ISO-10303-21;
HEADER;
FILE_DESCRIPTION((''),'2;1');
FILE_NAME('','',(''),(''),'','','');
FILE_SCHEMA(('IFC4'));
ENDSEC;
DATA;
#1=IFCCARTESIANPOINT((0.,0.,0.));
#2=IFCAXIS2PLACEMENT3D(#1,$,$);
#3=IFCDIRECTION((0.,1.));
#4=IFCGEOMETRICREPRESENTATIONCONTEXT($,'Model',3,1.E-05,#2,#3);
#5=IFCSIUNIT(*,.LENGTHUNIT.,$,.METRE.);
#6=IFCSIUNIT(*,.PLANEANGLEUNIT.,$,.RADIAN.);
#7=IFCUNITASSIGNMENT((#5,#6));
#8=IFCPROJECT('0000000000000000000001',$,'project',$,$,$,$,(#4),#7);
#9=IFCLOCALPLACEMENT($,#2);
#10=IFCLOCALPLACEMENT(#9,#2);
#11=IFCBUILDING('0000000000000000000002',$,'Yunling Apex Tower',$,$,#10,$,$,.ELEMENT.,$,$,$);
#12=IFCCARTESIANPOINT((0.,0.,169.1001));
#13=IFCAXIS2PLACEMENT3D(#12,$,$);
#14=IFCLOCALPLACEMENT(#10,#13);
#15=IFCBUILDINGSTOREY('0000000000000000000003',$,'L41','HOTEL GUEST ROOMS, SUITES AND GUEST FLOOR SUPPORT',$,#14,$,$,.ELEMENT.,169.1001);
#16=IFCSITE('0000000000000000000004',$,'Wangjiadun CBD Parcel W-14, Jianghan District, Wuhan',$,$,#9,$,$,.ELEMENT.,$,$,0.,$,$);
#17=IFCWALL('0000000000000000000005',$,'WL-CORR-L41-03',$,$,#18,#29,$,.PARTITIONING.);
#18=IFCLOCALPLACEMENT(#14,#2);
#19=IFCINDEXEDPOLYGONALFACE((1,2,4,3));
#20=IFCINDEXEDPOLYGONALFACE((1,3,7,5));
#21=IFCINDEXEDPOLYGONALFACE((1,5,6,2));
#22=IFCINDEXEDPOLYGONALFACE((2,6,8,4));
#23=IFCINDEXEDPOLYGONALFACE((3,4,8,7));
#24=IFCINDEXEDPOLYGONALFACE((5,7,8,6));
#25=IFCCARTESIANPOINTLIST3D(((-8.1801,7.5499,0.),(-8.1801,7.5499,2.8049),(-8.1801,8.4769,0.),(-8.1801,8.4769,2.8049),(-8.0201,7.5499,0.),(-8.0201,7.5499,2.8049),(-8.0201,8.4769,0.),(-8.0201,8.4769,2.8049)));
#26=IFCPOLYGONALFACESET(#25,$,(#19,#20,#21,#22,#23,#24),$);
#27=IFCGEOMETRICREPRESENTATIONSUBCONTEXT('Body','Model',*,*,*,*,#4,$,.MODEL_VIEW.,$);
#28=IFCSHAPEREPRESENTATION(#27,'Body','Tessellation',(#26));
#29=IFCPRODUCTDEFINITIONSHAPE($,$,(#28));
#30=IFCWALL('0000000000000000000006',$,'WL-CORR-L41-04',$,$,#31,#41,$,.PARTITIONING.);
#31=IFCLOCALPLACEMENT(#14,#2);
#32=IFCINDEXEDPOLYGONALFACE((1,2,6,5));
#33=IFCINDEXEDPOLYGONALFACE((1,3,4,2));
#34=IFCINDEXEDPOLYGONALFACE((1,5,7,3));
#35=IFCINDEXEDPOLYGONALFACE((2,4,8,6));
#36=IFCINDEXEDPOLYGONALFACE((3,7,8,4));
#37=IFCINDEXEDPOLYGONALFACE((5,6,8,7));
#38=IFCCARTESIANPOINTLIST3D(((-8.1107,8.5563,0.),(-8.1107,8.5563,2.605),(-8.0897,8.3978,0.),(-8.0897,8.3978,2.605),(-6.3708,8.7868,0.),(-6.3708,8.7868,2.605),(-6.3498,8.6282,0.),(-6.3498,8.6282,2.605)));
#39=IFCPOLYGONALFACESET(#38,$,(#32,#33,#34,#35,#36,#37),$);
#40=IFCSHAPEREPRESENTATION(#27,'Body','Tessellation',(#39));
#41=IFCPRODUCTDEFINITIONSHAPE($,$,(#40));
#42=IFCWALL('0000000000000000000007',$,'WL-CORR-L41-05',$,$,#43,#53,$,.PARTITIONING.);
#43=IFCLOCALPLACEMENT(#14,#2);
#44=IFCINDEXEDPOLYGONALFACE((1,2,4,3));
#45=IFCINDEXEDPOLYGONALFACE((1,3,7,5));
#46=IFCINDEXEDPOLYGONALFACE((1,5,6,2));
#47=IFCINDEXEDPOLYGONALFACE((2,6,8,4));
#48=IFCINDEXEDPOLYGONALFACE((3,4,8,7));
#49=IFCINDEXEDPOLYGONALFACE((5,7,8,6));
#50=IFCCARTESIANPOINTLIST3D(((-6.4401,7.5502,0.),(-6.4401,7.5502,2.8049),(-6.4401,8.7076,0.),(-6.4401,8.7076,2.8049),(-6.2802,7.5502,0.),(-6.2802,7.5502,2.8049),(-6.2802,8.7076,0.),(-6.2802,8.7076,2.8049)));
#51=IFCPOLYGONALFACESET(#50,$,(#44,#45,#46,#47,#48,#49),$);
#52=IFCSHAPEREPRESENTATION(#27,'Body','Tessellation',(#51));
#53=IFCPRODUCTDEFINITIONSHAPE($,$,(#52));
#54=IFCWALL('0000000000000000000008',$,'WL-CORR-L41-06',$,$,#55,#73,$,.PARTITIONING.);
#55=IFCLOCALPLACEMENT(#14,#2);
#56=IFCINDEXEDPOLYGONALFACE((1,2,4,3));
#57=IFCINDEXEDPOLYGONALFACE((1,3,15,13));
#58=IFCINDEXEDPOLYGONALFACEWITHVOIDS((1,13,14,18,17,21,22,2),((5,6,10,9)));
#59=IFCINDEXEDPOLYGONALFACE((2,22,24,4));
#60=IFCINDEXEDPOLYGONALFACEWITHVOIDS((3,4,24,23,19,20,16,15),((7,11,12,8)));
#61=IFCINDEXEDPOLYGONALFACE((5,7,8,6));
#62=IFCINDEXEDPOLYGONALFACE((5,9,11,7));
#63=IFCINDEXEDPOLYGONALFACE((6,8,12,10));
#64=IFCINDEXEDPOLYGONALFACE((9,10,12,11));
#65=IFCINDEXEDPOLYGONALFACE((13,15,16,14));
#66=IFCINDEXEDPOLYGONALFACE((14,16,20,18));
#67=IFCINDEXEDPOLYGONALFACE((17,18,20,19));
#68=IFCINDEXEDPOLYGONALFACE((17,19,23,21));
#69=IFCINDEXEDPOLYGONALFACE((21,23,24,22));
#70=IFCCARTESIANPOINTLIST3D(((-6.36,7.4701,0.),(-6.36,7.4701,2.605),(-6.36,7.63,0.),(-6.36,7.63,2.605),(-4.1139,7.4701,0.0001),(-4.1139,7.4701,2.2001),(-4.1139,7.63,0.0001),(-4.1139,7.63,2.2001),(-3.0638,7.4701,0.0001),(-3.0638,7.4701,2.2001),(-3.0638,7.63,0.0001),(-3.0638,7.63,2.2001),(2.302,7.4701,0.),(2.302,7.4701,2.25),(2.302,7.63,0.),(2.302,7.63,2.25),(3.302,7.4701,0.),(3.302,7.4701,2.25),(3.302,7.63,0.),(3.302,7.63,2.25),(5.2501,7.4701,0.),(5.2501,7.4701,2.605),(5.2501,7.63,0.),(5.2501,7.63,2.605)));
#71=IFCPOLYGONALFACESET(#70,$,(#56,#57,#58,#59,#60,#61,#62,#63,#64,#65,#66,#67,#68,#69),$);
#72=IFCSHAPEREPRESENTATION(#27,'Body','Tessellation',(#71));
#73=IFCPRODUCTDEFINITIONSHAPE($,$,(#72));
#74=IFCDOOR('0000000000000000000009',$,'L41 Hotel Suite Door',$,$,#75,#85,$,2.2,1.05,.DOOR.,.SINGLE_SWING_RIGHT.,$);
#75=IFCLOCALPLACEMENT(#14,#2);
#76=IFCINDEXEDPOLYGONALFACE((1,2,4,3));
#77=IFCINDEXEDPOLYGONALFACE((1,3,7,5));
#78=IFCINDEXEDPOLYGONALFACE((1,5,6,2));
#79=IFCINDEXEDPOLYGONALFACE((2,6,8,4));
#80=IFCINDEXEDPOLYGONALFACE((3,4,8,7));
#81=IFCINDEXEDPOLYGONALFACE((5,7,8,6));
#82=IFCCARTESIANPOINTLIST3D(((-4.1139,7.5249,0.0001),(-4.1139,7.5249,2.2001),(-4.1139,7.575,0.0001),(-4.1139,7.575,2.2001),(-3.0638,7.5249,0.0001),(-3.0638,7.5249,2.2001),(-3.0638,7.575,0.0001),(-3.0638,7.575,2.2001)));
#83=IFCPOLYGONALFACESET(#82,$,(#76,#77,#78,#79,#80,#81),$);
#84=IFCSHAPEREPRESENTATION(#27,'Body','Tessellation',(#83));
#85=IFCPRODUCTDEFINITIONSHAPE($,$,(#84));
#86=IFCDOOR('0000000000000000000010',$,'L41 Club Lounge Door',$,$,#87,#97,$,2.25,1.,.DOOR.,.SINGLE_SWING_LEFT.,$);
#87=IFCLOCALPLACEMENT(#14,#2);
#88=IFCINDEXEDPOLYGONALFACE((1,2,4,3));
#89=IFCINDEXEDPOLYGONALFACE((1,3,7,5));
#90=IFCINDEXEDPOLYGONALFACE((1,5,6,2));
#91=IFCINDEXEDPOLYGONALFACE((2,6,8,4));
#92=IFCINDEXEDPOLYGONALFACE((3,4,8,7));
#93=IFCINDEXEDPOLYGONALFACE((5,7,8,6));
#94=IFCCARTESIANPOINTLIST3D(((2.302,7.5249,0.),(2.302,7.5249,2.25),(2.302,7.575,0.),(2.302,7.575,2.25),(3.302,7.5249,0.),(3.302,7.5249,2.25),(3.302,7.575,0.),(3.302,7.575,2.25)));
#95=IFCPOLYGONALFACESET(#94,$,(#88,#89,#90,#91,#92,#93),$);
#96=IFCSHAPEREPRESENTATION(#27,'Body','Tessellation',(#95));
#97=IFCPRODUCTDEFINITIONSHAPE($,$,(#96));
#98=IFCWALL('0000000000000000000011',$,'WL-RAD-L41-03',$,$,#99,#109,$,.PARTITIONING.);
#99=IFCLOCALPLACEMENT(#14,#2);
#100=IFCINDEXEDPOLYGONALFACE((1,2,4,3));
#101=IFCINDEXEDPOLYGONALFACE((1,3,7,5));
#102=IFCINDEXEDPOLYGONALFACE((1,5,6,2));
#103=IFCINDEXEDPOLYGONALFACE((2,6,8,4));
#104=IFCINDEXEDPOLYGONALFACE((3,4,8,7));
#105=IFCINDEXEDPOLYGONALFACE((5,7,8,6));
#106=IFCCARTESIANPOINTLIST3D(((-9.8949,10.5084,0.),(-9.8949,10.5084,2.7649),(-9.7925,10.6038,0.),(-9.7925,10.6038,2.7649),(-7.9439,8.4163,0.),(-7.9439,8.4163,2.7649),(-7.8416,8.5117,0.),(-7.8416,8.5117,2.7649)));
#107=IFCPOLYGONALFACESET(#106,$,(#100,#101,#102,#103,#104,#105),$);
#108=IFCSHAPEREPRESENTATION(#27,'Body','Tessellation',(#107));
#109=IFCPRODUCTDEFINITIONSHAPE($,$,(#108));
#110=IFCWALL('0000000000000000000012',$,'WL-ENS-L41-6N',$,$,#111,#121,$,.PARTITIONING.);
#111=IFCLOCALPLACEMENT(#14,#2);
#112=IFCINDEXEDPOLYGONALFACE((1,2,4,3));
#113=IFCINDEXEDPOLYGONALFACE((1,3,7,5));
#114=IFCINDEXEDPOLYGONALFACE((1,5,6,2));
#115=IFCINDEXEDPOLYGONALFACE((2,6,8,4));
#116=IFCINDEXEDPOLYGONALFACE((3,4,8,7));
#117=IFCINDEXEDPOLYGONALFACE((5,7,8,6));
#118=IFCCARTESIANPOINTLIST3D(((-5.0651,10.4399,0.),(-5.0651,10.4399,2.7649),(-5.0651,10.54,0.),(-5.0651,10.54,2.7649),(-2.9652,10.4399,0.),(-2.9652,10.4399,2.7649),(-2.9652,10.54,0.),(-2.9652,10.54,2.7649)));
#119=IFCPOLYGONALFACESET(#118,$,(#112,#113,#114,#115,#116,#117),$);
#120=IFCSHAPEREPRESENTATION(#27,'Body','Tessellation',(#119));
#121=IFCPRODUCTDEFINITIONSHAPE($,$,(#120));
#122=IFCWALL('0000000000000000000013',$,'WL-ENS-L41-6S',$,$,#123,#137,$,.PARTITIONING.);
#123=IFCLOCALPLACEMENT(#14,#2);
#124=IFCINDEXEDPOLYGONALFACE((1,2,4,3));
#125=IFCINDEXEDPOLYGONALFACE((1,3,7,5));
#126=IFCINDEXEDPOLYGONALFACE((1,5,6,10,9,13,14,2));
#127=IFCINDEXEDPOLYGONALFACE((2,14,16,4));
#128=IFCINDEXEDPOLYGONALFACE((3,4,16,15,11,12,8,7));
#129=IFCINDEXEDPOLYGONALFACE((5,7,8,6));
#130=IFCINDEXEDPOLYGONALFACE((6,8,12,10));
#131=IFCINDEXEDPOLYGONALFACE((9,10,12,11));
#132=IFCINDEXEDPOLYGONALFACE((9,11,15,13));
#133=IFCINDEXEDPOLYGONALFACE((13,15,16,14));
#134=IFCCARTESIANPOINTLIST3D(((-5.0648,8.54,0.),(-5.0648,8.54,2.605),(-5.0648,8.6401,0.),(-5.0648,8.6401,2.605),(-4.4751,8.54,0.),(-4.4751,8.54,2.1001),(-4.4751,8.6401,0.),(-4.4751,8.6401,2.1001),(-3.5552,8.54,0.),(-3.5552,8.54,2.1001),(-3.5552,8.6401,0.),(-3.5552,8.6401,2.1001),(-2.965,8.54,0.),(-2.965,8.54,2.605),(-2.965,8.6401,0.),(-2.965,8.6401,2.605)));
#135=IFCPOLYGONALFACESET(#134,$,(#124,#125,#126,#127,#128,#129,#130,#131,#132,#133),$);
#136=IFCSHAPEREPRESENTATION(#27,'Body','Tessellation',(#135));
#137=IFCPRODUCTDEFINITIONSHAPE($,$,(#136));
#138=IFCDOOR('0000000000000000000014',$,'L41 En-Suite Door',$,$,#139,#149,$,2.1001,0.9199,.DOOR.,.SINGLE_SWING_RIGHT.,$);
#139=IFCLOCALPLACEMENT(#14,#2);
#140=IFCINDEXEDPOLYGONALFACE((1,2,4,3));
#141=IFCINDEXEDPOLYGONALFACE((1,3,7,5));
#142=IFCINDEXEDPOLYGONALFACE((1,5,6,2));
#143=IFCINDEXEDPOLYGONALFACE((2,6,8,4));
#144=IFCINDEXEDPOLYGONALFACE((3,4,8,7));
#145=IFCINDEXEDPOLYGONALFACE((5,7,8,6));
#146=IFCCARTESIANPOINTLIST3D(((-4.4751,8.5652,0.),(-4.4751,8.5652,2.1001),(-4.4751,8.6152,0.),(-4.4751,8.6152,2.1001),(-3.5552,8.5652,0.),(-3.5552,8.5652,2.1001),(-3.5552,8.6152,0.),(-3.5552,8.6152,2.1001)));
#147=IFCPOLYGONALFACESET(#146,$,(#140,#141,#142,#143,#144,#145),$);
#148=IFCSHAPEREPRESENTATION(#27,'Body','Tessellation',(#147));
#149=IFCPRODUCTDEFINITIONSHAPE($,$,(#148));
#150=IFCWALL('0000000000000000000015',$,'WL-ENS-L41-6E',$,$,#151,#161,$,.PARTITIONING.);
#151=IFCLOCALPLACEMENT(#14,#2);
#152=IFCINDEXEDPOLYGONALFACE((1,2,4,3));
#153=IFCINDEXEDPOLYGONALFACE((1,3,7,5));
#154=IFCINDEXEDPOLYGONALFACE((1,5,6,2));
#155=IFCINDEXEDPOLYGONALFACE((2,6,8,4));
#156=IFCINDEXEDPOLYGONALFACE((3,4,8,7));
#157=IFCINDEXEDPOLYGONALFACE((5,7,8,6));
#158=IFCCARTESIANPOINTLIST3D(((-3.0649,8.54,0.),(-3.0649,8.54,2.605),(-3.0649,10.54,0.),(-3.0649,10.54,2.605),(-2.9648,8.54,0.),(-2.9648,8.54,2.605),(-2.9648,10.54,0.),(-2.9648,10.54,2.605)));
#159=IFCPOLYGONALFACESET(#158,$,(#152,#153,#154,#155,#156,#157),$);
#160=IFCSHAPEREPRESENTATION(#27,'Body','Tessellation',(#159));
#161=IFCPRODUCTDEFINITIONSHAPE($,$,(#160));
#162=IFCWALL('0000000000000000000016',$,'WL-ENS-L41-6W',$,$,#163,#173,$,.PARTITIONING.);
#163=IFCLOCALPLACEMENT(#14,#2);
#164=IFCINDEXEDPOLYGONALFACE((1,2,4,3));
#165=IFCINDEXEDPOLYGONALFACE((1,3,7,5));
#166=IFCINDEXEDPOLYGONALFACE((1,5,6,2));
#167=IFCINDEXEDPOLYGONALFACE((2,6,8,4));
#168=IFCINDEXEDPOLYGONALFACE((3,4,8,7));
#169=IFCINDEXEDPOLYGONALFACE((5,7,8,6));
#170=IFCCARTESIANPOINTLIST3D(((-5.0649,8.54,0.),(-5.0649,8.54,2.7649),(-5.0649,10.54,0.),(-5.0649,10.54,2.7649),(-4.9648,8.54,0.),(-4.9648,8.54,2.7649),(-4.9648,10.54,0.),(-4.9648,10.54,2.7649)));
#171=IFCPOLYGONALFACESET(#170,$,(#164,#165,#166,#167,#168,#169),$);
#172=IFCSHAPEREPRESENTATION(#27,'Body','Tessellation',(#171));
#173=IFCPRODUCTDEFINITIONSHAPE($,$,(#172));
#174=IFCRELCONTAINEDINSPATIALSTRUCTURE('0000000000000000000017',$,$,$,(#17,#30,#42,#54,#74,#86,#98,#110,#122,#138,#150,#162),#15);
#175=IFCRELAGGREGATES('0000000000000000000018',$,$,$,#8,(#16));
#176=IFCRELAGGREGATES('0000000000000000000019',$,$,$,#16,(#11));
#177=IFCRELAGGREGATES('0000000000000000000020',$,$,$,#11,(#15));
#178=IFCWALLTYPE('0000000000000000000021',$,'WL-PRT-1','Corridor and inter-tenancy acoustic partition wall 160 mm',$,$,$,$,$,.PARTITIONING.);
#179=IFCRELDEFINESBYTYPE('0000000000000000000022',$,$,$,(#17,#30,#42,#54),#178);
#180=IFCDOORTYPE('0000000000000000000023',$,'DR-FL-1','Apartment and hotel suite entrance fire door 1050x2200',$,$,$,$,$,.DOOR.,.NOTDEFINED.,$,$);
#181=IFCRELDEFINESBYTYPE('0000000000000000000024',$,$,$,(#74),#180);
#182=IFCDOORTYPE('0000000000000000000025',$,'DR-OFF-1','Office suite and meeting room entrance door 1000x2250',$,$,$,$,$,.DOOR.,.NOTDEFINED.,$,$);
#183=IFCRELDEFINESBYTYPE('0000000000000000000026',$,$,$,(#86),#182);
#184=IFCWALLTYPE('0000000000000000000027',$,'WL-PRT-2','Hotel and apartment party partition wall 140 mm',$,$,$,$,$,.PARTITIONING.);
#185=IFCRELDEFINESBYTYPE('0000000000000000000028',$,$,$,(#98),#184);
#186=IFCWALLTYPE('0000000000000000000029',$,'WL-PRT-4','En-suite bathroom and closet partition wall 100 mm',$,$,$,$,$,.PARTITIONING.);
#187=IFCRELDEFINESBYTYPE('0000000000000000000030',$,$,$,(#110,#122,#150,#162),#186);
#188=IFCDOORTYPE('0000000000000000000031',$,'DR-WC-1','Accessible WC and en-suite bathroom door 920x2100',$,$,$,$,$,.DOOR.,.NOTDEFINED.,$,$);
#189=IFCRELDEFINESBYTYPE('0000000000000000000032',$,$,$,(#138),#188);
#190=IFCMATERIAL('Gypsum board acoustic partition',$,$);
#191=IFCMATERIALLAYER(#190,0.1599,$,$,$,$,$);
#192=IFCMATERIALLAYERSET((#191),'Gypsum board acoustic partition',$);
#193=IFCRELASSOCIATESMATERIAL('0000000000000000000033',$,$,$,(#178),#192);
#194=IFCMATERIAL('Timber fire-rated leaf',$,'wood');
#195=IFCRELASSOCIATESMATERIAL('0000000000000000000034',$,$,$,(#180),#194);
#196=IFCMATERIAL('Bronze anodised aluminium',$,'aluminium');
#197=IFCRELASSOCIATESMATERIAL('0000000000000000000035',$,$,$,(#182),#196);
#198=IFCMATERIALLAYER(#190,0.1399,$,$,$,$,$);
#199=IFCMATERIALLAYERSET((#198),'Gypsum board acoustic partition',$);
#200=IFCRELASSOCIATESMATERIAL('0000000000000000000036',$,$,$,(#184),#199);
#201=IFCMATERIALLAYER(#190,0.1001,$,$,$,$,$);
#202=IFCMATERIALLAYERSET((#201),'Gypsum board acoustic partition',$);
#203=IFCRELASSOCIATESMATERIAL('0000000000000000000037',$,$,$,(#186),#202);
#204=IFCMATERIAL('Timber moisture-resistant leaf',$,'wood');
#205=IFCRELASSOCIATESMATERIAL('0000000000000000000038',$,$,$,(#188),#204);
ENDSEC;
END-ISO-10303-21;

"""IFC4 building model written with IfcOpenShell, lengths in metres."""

from ifc_helpers import new_model, si_unit, direction, frame, frame_2d, origin, place, context, subcontext, project, spatial, rectangle, extrude, material, layer, layer_set, type_object, element, fill, save


model = new_model("IFC4")

# Units and contexts
model_context = context("Model", 3, precision=1e-05, world=origin(), true_north=direction((0.0, 1.0)))
body_context = subcontext(model_context, "Body", "Model", "MODEL_VIEW")
ifc_project = project(units=[si_unit("LENGTHUNIT", "METRE"), si_unit("PLANEANGLEUNIT", "RADIAN")], contexts=[model_context])

# Site, building, storey
site_placement = place(None, origin())
site = spatial("IfcSite", under=ifc_project, at=site_placement, Name="Wangjiadun CBD Parcel W-14, Jianghan District, Wuhan", CompositionType="ELEMENT", RefElevation=0.0)
building_placement = place(site_placement, origin())
building = spatial("IfcBuilding", under=site, at=building_placement, Name="Yunling Apex Tower", CompositionType="ELEMENT")
storey_placement = place(building_placement, frame((0.0, 0.0, 169.1001)))
storey = spatial("IfcBuildingStorey", under=building, at=storey_placement, Name="L41", Description="HOTEL GUEST ROOMS, SUITES AND GUEST FLOOR SUPPORT", CompositionType="ELEMENT", Elevation=169.1001)

# Shared definitions
ifc_material_1 = material(Name="Bronze anodised aluminium", Category="aluminium")

# Walls
ifc_material_2 = material(Name="Gypsum board acoustic partition")
ifc_layer_1 = layer(ifc_material_2, 0.1599)
ifc_layer_set_1 = layer_set([ifc_layer_1], Name="Gypsum board acoustic partition")
wall_type_1 = type_object("IfcWallType", Name="WL-PRT-1", Description="Corridor and inter-tenancy acoustic partition wall 160 mm", PredefinedType="PARTITIONING", material=ifc_layer_set_1)
wall_1_placement = place(storey_placement, frame((-8.1001, 7.55, 0.0), z_axis=(0.0, 0.0, 1.0), x_axis=(0.0, 1.0, 0.0)))
element("IfcWall", 1, at=wall_1_placement, inside=storey, type_object=wall_type_1, Name="WL-CORR-L41-03", PredefinedType="PARTITIONING", context=body_context, shape_type="SweptSolid", body=[
    extrude(rectangle(XDim=0.927, YDim=0.1599, at=frame_2d((0.4634, 0.0))), origin(), (0.0, 0.0, 1.0), 2.8049),
])
wall_2_placement = place(storey_placement, frame((-8.1001, 8.4771, 0.0), z_axis=(0.0, 0.0, 1.0), x_axis=(0.991342, 0.131307, 0.0)))
element("IfcWall", 2, at=wall_2_placement, inside=storey, type_object=wall_type_1, Name="WL-CORR-L41-04", PredefinedType="PARTITIONING", context=body_context, shape_type="SweptSolid", body=[
    extrude(rectangle(XDim=1.7551, YDim=0.1599, at=frame_2d((0.8774, 0.0))), origin(), (0.0, 0.0, 1.0), 2.605),
])
wall_3_placement = place(storey_placement, frame((-6.3601, 8.7075, 0.0), z_axis=(0.0, 0.0, 1.0), x_axis=(0.0, -1.0, 0.0)))
element("IfcWall", 3, at=wall_3_placement, inside=storey, type_object=wall_type_1, Name="WL-CORR-L41-05", PredefinedType="PARTITIONING", context=body_context, shape_type="SweptSolid", body=[
    extrude(rectangle(XDim=1.1575, YDim=0.1599, at=frame_2d((0.5786, 0.0))), origin(), (0.0, 0.0, 1.0), 2.8049),
])

# Wall, openings, doors
wall_4_placement = place(storey_placement, frame((-6.3601, 7.55, 0.0), z_axis=(0.0, 0.0, 1.0), x_axis=(1.0, 0.0, 0.0)))
wall_4 = element("IfcWall", 4, at=wall_4_placement, inside=storey, type_object=wall_type_1, Name="WL-CORR-L41-06", PredefinedType="PARTITIONING", context=body_context, shape_type="SweptSolid", body=[
    extrude(rectangle(XDim=11.6101, YDim=0.1599, at=frame_2d((5.8052, 0.0))), origin(), (0.0, 0.0, 1.0), 2.605),
])
opening_1_placement = place(wall_4_placement, frame((2.2463, 0.0, 0.0)))
opening_1 = element("IfcOpeningElement", 5, at=opening_1_placement, cuts=wall_4, PredefinedType="OPENING", context=body_context, shape_type="SweptSolid", body=[
    extrude(rectangle(XDim=1.05, YDim=2.2, at=frame_2d((0.5249, 1.1001))), frame((0.0, 0.0898, 0.0), z_axis=(0.0, -1.0, 0.0), x_axis=(1.0, 0.0, 0.0)), (0.0, 0.0, 1.0), 0.1799),
])
opening_2_placement = place(wall_4_placement, frame((8.6621, 0.0, 0.0)))
opening_2 = element("IfcOpeningElement", 6, at=opening_2_placement, cuts=wall_4, PredefinedType="OPENING", context=body_context, shape_type="SweptSolid", body=[
    extrude(rectangle(XDim=1.0, YDim=2.25, at=frame_2d((0.5, 1.125))), frame((0.0, 0.0898, 0.0), z_axis=(0.0, -1.0, 0.0), x_axis=(1.0, 0.0, 0.0)), (0.0, 0.0, 1.0), 0.1799),
])
ifc_material_3 = material(Name="Timber fire-rated leaf", Category="wood")
door_type_1 = type_object("IfcDoorType", Name="DR-FL-1", Description="Apartment and hotel suite entrance fire door 1050x2200", OperationType="NOTDEFINED", PredefinedType="DOOR", material=ifc_material_3)
door_1_placement = place(opening_1_placement, origin())
door_1 = element("IfcDoor", 7, at=door_1_placement, inside=storey, type_object=door_type_1, Name="L41 Hotel Suite Door", OperationType="SINGLE_SWING_RIGHT", OverallHeight=2.2, OverallWidth=1.05, PredefinedType="DOOR", context=body_context, shape_type="SweptSolid", body=[
    extrude(rectangle(XDim=1.05, YDim=2.2, at=frame_2d((0.5249, 1.1001))), frame((0.0, 0.0249, 0.0), z_axis=(0.0, -1.0, 0.0), x_axis=(1.0, 0.0, 0.0)), (0.0, 0.0, 1.0), 0.05),
])
fill(opening_1, door_1)
door_type_2 = type_object("IfcDoorType", Name="DR-OFF-1", Description="Office suite and meeting room entrance door 1000x2250", OperationType="NOTDEFINED", PredefinedType="DOOR", material=ifc_material_1)
door_2_placement = place(opening_2_placement, origin())
door_2 = element("IfcDoor", 8, at=door_2_placement, inside=storey, type_object=door_type_2, Name="L41 Club Lounge Door", OperationType="SINGLE_SWING_LEFT", OverallHeight=2.25, OverallWidth=1.0, PredefinedType="DOOR", context=body_context, shape_type="SweptSolid", body=[
    extrude(rectangle(XDim=1.0, YDim=2.25, at=frame_2d((0.5, 1.125))), frame((0.0, 0.0249, 0.0), z_axis=(0.0, -1.0, 0.0), x_axis=(1.0, 0.0, 0.0)), (0.0, 0.0, 1.0), 0.05),
])
fill(opening_2, door_2)

# Walls
ifc_layer_2 = layer(ifc_material_2, 0.1399)
ifc_layer_set_2 = layer_set([ifc_layer_2], Name="Gypsum board acoustic partition")
wall_type_2 = type_object("IfcWallType", Name="WL-PRT-2", Description="Hotel and apartment party partition wall 140 mm", PredefinedType="PARTITIONING", material=ifc_layer_set_2)
wall_5_placement = place(storey_placement, frame((-7.8928, 8.4641, 0.0), z_axis=(0.0, 0.0, 1.0), x_axis=(-0.682011, 0.731342, 0.0)))
element("IfcWall", 9, at=wall_5_placement, inside=storey, type_object=wall_type_2, Name="WL-RAD-L41-03", PredefinedType="PARTITIONING", context=body_context, shape_type="SweptSolid", body=[
    extrude(rectangle(XDim=2.8606, YDim=0.1399, at=frame_2d((1.4302, 0.0))), origin(), (0.0, 0.0, 1.0), 2.7649),
])
ifc_layer_3 = layer(ifc_material_2, 0.1001)
ifc_layer_set_3 = layer_set([ifc_layer_3], Name="Gypsum board acoustic partition")
wall_type_3 = type_object("IfcWallType", Name="WL-PRT-4", Description="En-suite bathroom and closet partition wall 100 mm", PredefinedType="PARTITIONING", material=ifc_layer_set_3)
wall_6_placement = place(storey_placement, frame((-5.0649, 10.49, 0.0), z_axis=(0.0, 0.0, 1.0), x_axis=(1.0, 0.0, 0.0)))
element("IfcWall", 10, at=wall_6_placement, inside=storey, type_object=wall_type_3, Name="WL-ENS-L41-6N", PredefinedType="PARTITIONING", context=body_context, shape_type="SweptSolid", body=[
    extrude(rectangle(XDim=2.0999, YDim=0.1001, at=frame_2d((1.0498, 0.0))), origin(), (0.0, 0.0, 1.0), 2.7649),
])

# Wall, opening, door
wall_7_placement = place(storey_placement, frame((-2.9651, 8.5901, 0.0), z_axis=(0.0, 0.0, 1.0), x_axis=(-1.0, 0.0, 0.0)))
wall_7 = element("IfcWall", 11, at=wall_7_placement, inside=storey, type_object=wall_type_3, Name="WL-ENS-L41-6S", PredefinedType="PARTITIONING", context=body_context, shape_type="SweptSolid", body=[
    extrude(rectangle(XDim=2.0999, YDim=0.1001, at=frame_2d((1.0498, 0.0))), origin(), (0.0, 0.0, 1.0), 2.605),
])
opening_3_placement = place(wall_7_placement, frame((0.5901, 0.0, 0.0)))
opening_3 = element("IfcOpeningElement", 12, at=opening_3_placement, cuts=wall_7, PredefinedType="OPENING", context=body_context, shape_type="SweptSolid", body=[
    extrude(rectangle(XDim=0.9199, YDim=2.1001, at=frame_2d((0.46, 1.05))), frame((0.0, 0.0601, 0.0), z_axis=(0.0, -1.0, 0.0), x_axis=(1.0, 0.0, 0.0)), (0.0, 0.0, 1.0), 0.1201),
])
ifc_material_4 = material(Name="Timber moisture-resistant leaf", Category="wood")
door_type_3 = type_object("IfcDoorType", Name="DR-WC-1", Description="Accessible WC and en-suite bathroom door 920x2100", OperationType="NOTDEFINED", PredefinedType="DOOR", material=ifc_material_4)
door_3_placement = place(opening_3_placement, origin())
door_3 = element("IfcDoor", 13, at=door_3_placement, inside=storey, type_object=door_type_3, Name="L41 En-Suite Door", OperationType="SINGLE_SWING_RIGHT", OverallHeight=2.1001, OverallWidth=0.9199, PredefinedType="DOOR", context=body_context, shape_type="SweptSolid", body=[
    extrude(rectangle(XDim=0.9199, YDim=2.1001, at=frame_2d((0.46, 1.05))), frame((0.0, 0.0249, 0.0), z_axis=(0.0, -1.0, 0.0), x_axis=(1.0, 0.0, 0.0)), (0.0, 0.0, 1.0), 0.05),
])
fill(opening_3, door_3)

# Walls
wall_8_placement = place(storey_placement, frame((-3.0149, 10.54, 0.0), z_axis=(0.0, 0.0, 1.0), x_axis=(0.0, -1.0, 0.0)))
element("IfcWall", 14, at=wall_8_placement, inside=storey, type_object=wall_type_3, Name="WL-ENS-L41-6E", PredefinedType="PARTITIONING", context=body_context, shape_type="SweptSolid", body=[
    extrude(rectangle(XDim=2.0, YDim=0.1001, at=frame_2d((1.0, 0.0))), origin(), (0.0, 0.0, 1.0), 2.605),
])
wall_9_placement = place(storey_placement, frame((-5.0149, 8.54, 0.0), z_axis=(0.0, 0.0, 1.0), x_axis=(0.0, 1.0, 0.0)))
element("IfcWall", 15, at=wall_9_placement, inside=storey, type_object=wall_type_3, Name="WL-ENS-L41-6W", PredefinedType="PARTITIONING", context=body_context, shape_type="SweptSolid", body=[
    extrude(rectangle(XDim=2.0, YDim=0.1001, at=frame_2d((1.0, 0.0))), origin(), (0.0, 0.0, 1.0), 2.7649),
])

save(model, "model.ifc")
